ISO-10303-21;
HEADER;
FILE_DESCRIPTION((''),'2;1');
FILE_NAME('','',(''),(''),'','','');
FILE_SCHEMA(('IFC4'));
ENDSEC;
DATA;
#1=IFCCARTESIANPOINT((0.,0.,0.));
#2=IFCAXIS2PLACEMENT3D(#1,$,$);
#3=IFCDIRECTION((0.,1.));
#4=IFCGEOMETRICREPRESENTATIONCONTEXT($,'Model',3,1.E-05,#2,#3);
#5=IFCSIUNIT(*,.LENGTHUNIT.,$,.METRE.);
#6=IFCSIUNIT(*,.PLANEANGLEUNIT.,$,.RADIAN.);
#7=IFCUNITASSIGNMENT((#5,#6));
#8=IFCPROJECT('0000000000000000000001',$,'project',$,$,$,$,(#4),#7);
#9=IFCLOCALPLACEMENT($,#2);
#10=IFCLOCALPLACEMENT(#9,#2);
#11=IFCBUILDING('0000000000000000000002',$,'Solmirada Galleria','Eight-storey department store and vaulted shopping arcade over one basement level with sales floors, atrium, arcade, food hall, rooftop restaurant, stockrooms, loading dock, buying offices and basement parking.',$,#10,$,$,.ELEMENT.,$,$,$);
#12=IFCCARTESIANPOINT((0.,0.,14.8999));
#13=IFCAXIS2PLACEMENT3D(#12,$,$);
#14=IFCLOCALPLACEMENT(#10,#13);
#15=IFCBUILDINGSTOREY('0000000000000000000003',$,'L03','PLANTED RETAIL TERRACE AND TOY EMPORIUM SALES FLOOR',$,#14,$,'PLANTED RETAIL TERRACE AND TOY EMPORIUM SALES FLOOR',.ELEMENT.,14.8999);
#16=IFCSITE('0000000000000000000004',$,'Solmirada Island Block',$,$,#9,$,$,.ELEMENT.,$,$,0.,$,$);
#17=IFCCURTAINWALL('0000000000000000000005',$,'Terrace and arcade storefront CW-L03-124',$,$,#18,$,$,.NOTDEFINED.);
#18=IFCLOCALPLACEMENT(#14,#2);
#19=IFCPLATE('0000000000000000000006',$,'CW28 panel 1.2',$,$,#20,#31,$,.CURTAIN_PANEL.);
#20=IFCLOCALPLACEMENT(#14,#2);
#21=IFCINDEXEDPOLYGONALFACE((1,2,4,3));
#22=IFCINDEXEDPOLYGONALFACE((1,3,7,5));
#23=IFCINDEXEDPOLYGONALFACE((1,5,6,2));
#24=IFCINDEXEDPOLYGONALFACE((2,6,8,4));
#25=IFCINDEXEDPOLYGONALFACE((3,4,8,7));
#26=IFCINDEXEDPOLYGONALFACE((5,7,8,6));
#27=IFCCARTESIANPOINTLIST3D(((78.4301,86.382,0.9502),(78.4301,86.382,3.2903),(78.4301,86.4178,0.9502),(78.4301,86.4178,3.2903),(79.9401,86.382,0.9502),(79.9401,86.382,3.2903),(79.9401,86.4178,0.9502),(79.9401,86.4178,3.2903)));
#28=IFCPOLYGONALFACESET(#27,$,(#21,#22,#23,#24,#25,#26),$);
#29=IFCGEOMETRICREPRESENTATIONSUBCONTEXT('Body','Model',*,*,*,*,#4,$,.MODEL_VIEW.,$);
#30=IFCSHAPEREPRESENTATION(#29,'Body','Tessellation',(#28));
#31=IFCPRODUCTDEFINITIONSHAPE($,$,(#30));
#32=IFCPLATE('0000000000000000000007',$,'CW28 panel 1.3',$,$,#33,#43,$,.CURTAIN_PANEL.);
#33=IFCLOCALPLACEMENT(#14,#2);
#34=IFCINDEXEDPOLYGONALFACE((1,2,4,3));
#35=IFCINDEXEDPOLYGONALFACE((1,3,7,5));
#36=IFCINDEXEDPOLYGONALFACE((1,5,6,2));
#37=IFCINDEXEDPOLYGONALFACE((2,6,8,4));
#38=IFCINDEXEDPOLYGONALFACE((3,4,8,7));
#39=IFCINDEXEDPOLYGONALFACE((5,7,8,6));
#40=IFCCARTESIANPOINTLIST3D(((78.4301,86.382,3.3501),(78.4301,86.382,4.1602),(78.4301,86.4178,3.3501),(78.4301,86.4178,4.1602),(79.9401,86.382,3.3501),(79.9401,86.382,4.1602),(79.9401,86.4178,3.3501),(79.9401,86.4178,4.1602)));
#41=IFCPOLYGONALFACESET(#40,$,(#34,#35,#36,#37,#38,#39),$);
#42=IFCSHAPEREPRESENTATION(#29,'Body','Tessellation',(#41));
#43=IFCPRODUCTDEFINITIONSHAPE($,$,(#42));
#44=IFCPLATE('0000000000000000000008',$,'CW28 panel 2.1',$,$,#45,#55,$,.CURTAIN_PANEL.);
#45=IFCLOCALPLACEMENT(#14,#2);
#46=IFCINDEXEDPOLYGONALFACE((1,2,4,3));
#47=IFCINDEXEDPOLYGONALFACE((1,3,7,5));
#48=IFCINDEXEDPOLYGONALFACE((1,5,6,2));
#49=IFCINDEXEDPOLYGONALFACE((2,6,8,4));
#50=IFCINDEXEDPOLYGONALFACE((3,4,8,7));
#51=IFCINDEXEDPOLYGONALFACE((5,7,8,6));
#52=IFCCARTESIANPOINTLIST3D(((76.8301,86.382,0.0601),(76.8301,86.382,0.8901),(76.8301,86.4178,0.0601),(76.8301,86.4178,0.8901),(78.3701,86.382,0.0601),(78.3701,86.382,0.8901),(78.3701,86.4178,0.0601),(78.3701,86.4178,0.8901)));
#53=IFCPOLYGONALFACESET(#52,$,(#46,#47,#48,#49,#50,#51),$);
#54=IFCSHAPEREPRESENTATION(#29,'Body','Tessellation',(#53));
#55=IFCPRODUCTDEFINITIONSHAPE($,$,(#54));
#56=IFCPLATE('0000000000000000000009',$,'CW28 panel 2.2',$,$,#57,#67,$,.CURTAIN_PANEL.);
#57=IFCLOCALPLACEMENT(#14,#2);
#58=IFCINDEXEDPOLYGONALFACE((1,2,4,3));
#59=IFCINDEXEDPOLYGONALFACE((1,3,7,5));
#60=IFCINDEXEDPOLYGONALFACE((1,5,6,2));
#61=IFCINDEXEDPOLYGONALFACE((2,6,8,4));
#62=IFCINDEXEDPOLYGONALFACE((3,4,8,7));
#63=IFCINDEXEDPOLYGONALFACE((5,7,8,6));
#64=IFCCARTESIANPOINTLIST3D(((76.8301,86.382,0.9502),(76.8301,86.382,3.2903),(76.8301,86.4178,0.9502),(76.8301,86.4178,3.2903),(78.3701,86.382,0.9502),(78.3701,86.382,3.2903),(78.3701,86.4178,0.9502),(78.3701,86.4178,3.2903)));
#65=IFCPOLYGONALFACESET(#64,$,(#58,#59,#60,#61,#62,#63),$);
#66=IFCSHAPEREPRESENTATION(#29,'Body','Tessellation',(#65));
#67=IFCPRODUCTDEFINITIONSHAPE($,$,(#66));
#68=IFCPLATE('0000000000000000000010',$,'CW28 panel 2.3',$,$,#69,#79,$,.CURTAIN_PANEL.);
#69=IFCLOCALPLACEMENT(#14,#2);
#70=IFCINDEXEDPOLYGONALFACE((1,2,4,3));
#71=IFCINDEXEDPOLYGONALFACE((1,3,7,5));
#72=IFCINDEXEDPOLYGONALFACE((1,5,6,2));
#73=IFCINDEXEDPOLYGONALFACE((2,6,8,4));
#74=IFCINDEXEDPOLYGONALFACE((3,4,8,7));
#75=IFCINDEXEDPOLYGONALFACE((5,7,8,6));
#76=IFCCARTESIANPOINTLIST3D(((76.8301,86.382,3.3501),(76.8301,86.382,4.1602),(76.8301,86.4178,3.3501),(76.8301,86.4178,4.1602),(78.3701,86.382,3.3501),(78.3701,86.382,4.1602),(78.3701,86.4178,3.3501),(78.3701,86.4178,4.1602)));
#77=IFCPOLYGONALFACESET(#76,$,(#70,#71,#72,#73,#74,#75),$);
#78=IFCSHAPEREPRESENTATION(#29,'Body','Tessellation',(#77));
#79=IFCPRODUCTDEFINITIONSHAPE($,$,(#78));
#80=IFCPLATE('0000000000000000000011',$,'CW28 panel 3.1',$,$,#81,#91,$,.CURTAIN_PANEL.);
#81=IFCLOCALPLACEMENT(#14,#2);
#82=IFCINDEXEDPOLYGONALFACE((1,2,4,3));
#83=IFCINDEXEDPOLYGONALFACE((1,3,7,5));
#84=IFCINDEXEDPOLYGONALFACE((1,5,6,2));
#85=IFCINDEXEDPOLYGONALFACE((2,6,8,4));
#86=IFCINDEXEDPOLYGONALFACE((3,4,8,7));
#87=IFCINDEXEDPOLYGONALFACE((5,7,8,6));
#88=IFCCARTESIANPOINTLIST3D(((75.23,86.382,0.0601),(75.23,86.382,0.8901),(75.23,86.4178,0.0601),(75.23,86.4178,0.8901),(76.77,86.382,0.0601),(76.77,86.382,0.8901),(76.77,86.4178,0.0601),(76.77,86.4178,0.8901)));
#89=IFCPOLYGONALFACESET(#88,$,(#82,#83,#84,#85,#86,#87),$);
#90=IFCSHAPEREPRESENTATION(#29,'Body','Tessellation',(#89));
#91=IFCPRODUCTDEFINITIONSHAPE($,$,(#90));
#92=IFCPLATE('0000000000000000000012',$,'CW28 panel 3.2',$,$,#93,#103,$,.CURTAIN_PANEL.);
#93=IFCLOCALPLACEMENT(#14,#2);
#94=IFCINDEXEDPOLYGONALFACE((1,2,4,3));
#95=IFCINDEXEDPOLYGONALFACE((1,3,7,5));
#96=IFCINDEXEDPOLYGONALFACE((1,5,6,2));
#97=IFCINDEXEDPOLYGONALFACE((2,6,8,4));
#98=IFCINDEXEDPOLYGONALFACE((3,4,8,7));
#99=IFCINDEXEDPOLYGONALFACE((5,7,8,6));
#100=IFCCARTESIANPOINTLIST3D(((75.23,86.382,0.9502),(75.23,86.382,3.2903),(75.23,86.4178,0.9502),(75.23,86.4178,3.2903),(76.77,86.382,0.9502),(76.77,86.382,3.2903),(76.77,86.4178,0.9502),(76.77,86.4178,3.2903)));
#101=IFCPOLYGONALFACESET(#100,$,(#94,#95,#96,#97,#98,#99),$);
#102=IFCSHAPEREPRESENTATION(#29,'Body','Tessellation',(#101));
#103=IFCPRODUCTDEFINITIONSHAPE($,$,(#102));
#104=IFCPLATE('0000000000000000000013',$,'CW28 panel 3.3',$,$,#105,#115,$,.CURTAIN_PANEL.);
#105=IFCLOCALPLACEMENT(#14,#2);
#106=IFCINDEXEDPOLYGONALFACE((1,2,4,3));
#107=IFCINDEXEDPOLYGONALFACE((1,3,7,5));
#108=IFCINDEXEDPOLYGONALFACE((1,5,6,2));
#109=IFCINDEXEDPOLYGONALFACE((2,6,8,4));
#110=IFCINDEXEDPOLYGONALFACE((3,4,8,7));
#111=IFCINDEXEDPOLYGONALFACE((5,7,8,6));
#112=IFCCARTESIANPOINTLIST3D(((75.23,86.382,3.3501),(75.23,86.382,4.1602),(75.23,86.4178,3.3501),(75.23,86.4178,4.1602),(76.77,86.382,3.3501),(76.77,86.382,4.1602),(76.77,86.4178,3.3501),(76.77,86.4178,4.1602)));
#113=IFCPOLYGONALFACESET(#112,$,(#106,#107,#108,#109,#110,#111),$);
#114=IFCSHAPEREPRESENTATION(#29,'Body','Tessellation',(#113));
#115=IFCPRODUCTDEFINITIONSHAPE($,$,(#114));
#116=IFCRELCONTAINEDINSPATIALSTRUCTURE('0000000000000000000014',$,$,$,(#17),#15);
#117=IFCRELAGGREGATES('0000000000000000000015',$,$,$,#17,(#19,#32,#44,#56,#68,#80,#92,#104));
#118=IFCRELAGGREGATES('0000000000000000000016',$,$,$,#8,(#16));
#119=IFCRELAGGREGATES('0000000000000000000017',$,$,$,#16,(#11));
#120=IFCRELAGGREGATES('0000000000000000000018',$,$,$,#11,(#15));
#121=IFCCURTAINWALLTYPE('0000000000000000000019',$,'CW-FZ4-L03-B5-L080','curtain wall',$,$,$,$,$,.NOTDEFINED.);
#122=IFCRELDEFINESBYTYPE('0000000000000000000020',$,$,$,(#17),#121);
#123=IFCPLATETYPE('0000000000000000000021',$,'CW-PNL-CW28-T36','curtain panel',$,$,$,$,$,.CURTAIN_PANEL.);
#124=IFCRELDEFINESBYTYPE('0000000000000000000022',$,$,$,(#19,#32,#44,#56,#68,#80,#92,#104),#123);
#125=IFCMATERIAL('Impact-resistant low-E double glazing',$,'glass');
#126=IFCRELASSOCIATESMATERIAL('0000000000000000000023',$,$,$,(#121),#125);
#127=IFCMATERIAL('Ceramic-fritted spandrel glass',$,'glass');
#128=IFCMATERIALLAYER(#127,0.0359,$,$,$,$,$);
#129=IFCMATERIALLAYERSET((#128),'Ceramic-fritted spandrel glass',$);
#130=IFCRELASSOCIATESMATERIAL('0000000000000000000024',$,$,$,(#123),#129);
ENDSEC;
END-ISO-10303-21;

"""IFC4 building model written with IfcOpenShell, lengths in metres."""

from ifc_helpers import new_model, si_unit, direction, frame, origin, origin_2d, place, context, subcontext, project, spatial, rectangle, extrude, material, layer, layer_set, type_object, element, aggregate, save


model = new_model("IFC4")

# Units and contexts
model_context = context("Model", 3, precision=1e-05, world=origin(), true_north=direction((0.0, 1.0)))
body_context = subcontext(model_context, "Body", "Model", "MODEL_VIEW")
ifc_project = project(units=[si_unit("LENGTHUNIT", "METRE"), si_unit("PLANEANGLEUNIT", "RADIAN")], contexts=[model_context])

# Site, building, storey
site_placement = place(None, origin())
site = spatial("IfcSite", under=ifc_project, at=site_placement, Name="Solmirada Island Block", CompositionType="ELEMENT", RefElevation=0.0)
building_placement = place(site_placement, origin())
building = spatial("IfcBuilding", under=site, at=building_placement, Name="Solmirada Galleria", Description="Eight-storey department store and vaulted shopping arcade over one basement level with sales floors, atrium, arcade, food hall, rooftop restaurant, stockrooms, loading dock, buying offices and basement parking.", CompositionType="ELEMENT")
storey_placement = place(building_placement, frame((0.0, 0.0, 14.8999)))
storey = spatial("IfcBuildingStorey", under=building, at=storey_placement, Name="L03", Description="PLANTED RETAIL TERRACE AND TOY EMPORIUM SALES FLOOR", LongName="PLANTED RETAIL TERRACE AND TOY EMPORIUM SALES FLOOR", CompositionType="ELEMENT", Elevation=14.8999)

# Shared definitions
ifc_material_1 = material(Name="Impact-resistant low-E double glazing", Category="glass")
curtain_wall_type = type_object("IfcCurtainWallType", Name="CW-FZ4-L03-B5-L080", Description="curtain wall", PredefinedType="NOTDEFINED", material=ifc_material_1)

# Curtain wall
curtain_wall_1_placement = place(storey_placement, origin())
curtain_wall_1 = element("IfcCurtainWall", 1, at=curtain_wall_1_placement, inside=storey, type_object=curtain_wall_type, Name="Terrace and arcade storefront CW-L03-124", PredefinedType="NOTDEFINED")

# Plates
ifc_material_2 = material(Name="Ceramic-fritted spandrel glass", Category="glass")
ifc_layer = layer(ifc_material_2, 0.0359)
ifc_layer_set = layer_set([ifc_layer], Name="Ceramic-fritted spandrel glass")
plate_type = type_object("IfcPlateType", Name="CW-PNL-CW28-T36", Description="curtain panel", PredefinedType="CURTAIN_PANEL", material=ifc_layer_set)
plate_1_placement = place(storey_placement, frame((79.1851, 86.3999, 0.9502), z_axis=(0.0, 0.0, 1.0), x_axis=(-1.0, 0.0, 0.0)))
plate_1 = element("IfcPlate", 2, at=plate_1_placement, type_object=plate_type, Name="CW28 panel 1.2", PredefinedType="CURTAIN_PANEL", context=body_context, shape_type="SweptSolid", body=[
    extrude(rectangle(XDim=1.51, YDim=0.0359, at=origin_2d()), origin(), (0.0, 0.0, 1.0), 2.3401),
])
plate_2_placement = place(storey_placement, frame((79.1851, 86.3999, 3.3501), z_axis=(0.0, 0.0, 1.0), x_axis=(-1.0, 0.0, 0.0)))
plate_2 = element("IfcPlate", 3, at=plate_2_placement, type_object=plate_type, Name="CW28 panel 1.3", PredefinedType="CURTAIN_PANEL", context=body_context, shape_type="SweptSolid", body=[
    extrude(rectangle(XDim=1.51, YDim=0.0359, at=origin_2d()), origin(), (0.0, 0.0, 1.0), 0.8101),
])
plate_3_placement = place(storey_placement, frame((77.6001, 86.3999, 0.0601), z_axis=(0.0, 0.0, 1.0), x_axis=(-1.0, 0.0, 0.0)))
plate_3 = element("IfcPlate", 4, at=plate_3_placement, type_object=plate_type, Name="CW28 panel 2.1", PredefinedType="CURTAIN_PANEL", context=body_context, shape_type="SweptSolid", body=[
    extrude(rectangle(XDim=1.54, YDim=0.0359, at=origin_2d()), origin(), (0.0, 0.0, 1.0), 0.8301),
])
plate_4_placement = place(storey_placement, frame((77.6001, 86.3999, 0.9502), z_axis=(0.0, 0.0, 1.0), x_axis=(-1.0, 0.0, 0.0)))
plate_4 = element("IfcPlate", 5, at=plate_4_placement, type_object=plate_type, Name="CW28 panel 2.2", PredefinedType="CURTAIN_PANEL", context=body_context, shape_type="SweptSolid", body=[
    extrude(rectangle(XDim=1.54, YDim=0.0359, at=origin_2d()), origin(), (0.0, 0.0, 1.0), 2.3401),
])
plate_5_placement = place(storey_placement, frame((77.6001, 86.3999, 3.3501), z_axis=(0.0, 0.0, 1.0), x_axis=(-1.0, 0.0, 0.0)))
plate_5 = element("IfcPlate", 6, at=plate_5_placement, type_object=plate_type, Name="CW28 panel 2.3", PredefinedType="CURTAIN_PANEL", context=body_context, shape_type="SweptSolid", body=[
    extrude(rectangle(XDim=1.54, YDim=0.0359, at=origin_2d()), origin(), (0.0, 0.0, 1.0), 0.8101),
])
plate_6_placement = place(storey_placement, frame((76.0, 86.3999, 0.0601), z_axis=(0.0, 0.0, 1.0), x_axis=(-1.0, 0.0, 0.0)))
plate_6 = element("IfcPlate", 7, at=plate_6_placement, type_object=plate_type, Name="CW28 panel 3.1", PredefinedType="CURTAIN_PANEL", context=body_context, shape_type="SweptSolid", body=[
    extrude(rectangle(XDim=1.54, YDim=0.0359, at=origin_2d()), origin(), (0.0, 0.0, 1.0), 0.8301),
])
plate_7_placement = place(storey_placement, frame((76.0, 86.3999, 0.9502), z_axis=(0.0, 0.0, 1.0), x_axis=(-1.0, 0.0, 0.0)))
plate_7 = element("IfcPlate", 8, at=plate_7_placement, type_object=plate_type, Name="CW28 panel 3.2", PredefinedType="CURTAIN_PANEL", context=body_context, shape_type="SweptSolid", body=[
    extrude(rectangle(XDim=1.54, YDim=0.0359, at=origin_2d()), origin(), (0.0, 0.0, 1.0), 2.3401),
])
plate_8_placement = place(storey_placement, frame((76.0, 86.3999, 3.3501), z_axis=(0.0, 0.0, 1.0), x_axis=(-1.0, 0.0, 0.0)))
plate_8 = element("IfcPlate", 9, at=plate_8_placement, type_object=plate_type, Name="CW28 panel 3.3", PredefinedType="CURTAIN_PANEL", context=body_context, shape_type="SweptSolid", body=[
    extrude(rectangle(XDim=1.54, YDim=0.0359, at=origin_2d()), origin(), (0.0, 0.0, 1.0), 0.8101),
])
aggregate(curtain_wall_1, [plate_1, plate_2, plate_3, plate_4, plate_5, plate_6, plate_7, plate_8])

save(model, "model.ifc")
